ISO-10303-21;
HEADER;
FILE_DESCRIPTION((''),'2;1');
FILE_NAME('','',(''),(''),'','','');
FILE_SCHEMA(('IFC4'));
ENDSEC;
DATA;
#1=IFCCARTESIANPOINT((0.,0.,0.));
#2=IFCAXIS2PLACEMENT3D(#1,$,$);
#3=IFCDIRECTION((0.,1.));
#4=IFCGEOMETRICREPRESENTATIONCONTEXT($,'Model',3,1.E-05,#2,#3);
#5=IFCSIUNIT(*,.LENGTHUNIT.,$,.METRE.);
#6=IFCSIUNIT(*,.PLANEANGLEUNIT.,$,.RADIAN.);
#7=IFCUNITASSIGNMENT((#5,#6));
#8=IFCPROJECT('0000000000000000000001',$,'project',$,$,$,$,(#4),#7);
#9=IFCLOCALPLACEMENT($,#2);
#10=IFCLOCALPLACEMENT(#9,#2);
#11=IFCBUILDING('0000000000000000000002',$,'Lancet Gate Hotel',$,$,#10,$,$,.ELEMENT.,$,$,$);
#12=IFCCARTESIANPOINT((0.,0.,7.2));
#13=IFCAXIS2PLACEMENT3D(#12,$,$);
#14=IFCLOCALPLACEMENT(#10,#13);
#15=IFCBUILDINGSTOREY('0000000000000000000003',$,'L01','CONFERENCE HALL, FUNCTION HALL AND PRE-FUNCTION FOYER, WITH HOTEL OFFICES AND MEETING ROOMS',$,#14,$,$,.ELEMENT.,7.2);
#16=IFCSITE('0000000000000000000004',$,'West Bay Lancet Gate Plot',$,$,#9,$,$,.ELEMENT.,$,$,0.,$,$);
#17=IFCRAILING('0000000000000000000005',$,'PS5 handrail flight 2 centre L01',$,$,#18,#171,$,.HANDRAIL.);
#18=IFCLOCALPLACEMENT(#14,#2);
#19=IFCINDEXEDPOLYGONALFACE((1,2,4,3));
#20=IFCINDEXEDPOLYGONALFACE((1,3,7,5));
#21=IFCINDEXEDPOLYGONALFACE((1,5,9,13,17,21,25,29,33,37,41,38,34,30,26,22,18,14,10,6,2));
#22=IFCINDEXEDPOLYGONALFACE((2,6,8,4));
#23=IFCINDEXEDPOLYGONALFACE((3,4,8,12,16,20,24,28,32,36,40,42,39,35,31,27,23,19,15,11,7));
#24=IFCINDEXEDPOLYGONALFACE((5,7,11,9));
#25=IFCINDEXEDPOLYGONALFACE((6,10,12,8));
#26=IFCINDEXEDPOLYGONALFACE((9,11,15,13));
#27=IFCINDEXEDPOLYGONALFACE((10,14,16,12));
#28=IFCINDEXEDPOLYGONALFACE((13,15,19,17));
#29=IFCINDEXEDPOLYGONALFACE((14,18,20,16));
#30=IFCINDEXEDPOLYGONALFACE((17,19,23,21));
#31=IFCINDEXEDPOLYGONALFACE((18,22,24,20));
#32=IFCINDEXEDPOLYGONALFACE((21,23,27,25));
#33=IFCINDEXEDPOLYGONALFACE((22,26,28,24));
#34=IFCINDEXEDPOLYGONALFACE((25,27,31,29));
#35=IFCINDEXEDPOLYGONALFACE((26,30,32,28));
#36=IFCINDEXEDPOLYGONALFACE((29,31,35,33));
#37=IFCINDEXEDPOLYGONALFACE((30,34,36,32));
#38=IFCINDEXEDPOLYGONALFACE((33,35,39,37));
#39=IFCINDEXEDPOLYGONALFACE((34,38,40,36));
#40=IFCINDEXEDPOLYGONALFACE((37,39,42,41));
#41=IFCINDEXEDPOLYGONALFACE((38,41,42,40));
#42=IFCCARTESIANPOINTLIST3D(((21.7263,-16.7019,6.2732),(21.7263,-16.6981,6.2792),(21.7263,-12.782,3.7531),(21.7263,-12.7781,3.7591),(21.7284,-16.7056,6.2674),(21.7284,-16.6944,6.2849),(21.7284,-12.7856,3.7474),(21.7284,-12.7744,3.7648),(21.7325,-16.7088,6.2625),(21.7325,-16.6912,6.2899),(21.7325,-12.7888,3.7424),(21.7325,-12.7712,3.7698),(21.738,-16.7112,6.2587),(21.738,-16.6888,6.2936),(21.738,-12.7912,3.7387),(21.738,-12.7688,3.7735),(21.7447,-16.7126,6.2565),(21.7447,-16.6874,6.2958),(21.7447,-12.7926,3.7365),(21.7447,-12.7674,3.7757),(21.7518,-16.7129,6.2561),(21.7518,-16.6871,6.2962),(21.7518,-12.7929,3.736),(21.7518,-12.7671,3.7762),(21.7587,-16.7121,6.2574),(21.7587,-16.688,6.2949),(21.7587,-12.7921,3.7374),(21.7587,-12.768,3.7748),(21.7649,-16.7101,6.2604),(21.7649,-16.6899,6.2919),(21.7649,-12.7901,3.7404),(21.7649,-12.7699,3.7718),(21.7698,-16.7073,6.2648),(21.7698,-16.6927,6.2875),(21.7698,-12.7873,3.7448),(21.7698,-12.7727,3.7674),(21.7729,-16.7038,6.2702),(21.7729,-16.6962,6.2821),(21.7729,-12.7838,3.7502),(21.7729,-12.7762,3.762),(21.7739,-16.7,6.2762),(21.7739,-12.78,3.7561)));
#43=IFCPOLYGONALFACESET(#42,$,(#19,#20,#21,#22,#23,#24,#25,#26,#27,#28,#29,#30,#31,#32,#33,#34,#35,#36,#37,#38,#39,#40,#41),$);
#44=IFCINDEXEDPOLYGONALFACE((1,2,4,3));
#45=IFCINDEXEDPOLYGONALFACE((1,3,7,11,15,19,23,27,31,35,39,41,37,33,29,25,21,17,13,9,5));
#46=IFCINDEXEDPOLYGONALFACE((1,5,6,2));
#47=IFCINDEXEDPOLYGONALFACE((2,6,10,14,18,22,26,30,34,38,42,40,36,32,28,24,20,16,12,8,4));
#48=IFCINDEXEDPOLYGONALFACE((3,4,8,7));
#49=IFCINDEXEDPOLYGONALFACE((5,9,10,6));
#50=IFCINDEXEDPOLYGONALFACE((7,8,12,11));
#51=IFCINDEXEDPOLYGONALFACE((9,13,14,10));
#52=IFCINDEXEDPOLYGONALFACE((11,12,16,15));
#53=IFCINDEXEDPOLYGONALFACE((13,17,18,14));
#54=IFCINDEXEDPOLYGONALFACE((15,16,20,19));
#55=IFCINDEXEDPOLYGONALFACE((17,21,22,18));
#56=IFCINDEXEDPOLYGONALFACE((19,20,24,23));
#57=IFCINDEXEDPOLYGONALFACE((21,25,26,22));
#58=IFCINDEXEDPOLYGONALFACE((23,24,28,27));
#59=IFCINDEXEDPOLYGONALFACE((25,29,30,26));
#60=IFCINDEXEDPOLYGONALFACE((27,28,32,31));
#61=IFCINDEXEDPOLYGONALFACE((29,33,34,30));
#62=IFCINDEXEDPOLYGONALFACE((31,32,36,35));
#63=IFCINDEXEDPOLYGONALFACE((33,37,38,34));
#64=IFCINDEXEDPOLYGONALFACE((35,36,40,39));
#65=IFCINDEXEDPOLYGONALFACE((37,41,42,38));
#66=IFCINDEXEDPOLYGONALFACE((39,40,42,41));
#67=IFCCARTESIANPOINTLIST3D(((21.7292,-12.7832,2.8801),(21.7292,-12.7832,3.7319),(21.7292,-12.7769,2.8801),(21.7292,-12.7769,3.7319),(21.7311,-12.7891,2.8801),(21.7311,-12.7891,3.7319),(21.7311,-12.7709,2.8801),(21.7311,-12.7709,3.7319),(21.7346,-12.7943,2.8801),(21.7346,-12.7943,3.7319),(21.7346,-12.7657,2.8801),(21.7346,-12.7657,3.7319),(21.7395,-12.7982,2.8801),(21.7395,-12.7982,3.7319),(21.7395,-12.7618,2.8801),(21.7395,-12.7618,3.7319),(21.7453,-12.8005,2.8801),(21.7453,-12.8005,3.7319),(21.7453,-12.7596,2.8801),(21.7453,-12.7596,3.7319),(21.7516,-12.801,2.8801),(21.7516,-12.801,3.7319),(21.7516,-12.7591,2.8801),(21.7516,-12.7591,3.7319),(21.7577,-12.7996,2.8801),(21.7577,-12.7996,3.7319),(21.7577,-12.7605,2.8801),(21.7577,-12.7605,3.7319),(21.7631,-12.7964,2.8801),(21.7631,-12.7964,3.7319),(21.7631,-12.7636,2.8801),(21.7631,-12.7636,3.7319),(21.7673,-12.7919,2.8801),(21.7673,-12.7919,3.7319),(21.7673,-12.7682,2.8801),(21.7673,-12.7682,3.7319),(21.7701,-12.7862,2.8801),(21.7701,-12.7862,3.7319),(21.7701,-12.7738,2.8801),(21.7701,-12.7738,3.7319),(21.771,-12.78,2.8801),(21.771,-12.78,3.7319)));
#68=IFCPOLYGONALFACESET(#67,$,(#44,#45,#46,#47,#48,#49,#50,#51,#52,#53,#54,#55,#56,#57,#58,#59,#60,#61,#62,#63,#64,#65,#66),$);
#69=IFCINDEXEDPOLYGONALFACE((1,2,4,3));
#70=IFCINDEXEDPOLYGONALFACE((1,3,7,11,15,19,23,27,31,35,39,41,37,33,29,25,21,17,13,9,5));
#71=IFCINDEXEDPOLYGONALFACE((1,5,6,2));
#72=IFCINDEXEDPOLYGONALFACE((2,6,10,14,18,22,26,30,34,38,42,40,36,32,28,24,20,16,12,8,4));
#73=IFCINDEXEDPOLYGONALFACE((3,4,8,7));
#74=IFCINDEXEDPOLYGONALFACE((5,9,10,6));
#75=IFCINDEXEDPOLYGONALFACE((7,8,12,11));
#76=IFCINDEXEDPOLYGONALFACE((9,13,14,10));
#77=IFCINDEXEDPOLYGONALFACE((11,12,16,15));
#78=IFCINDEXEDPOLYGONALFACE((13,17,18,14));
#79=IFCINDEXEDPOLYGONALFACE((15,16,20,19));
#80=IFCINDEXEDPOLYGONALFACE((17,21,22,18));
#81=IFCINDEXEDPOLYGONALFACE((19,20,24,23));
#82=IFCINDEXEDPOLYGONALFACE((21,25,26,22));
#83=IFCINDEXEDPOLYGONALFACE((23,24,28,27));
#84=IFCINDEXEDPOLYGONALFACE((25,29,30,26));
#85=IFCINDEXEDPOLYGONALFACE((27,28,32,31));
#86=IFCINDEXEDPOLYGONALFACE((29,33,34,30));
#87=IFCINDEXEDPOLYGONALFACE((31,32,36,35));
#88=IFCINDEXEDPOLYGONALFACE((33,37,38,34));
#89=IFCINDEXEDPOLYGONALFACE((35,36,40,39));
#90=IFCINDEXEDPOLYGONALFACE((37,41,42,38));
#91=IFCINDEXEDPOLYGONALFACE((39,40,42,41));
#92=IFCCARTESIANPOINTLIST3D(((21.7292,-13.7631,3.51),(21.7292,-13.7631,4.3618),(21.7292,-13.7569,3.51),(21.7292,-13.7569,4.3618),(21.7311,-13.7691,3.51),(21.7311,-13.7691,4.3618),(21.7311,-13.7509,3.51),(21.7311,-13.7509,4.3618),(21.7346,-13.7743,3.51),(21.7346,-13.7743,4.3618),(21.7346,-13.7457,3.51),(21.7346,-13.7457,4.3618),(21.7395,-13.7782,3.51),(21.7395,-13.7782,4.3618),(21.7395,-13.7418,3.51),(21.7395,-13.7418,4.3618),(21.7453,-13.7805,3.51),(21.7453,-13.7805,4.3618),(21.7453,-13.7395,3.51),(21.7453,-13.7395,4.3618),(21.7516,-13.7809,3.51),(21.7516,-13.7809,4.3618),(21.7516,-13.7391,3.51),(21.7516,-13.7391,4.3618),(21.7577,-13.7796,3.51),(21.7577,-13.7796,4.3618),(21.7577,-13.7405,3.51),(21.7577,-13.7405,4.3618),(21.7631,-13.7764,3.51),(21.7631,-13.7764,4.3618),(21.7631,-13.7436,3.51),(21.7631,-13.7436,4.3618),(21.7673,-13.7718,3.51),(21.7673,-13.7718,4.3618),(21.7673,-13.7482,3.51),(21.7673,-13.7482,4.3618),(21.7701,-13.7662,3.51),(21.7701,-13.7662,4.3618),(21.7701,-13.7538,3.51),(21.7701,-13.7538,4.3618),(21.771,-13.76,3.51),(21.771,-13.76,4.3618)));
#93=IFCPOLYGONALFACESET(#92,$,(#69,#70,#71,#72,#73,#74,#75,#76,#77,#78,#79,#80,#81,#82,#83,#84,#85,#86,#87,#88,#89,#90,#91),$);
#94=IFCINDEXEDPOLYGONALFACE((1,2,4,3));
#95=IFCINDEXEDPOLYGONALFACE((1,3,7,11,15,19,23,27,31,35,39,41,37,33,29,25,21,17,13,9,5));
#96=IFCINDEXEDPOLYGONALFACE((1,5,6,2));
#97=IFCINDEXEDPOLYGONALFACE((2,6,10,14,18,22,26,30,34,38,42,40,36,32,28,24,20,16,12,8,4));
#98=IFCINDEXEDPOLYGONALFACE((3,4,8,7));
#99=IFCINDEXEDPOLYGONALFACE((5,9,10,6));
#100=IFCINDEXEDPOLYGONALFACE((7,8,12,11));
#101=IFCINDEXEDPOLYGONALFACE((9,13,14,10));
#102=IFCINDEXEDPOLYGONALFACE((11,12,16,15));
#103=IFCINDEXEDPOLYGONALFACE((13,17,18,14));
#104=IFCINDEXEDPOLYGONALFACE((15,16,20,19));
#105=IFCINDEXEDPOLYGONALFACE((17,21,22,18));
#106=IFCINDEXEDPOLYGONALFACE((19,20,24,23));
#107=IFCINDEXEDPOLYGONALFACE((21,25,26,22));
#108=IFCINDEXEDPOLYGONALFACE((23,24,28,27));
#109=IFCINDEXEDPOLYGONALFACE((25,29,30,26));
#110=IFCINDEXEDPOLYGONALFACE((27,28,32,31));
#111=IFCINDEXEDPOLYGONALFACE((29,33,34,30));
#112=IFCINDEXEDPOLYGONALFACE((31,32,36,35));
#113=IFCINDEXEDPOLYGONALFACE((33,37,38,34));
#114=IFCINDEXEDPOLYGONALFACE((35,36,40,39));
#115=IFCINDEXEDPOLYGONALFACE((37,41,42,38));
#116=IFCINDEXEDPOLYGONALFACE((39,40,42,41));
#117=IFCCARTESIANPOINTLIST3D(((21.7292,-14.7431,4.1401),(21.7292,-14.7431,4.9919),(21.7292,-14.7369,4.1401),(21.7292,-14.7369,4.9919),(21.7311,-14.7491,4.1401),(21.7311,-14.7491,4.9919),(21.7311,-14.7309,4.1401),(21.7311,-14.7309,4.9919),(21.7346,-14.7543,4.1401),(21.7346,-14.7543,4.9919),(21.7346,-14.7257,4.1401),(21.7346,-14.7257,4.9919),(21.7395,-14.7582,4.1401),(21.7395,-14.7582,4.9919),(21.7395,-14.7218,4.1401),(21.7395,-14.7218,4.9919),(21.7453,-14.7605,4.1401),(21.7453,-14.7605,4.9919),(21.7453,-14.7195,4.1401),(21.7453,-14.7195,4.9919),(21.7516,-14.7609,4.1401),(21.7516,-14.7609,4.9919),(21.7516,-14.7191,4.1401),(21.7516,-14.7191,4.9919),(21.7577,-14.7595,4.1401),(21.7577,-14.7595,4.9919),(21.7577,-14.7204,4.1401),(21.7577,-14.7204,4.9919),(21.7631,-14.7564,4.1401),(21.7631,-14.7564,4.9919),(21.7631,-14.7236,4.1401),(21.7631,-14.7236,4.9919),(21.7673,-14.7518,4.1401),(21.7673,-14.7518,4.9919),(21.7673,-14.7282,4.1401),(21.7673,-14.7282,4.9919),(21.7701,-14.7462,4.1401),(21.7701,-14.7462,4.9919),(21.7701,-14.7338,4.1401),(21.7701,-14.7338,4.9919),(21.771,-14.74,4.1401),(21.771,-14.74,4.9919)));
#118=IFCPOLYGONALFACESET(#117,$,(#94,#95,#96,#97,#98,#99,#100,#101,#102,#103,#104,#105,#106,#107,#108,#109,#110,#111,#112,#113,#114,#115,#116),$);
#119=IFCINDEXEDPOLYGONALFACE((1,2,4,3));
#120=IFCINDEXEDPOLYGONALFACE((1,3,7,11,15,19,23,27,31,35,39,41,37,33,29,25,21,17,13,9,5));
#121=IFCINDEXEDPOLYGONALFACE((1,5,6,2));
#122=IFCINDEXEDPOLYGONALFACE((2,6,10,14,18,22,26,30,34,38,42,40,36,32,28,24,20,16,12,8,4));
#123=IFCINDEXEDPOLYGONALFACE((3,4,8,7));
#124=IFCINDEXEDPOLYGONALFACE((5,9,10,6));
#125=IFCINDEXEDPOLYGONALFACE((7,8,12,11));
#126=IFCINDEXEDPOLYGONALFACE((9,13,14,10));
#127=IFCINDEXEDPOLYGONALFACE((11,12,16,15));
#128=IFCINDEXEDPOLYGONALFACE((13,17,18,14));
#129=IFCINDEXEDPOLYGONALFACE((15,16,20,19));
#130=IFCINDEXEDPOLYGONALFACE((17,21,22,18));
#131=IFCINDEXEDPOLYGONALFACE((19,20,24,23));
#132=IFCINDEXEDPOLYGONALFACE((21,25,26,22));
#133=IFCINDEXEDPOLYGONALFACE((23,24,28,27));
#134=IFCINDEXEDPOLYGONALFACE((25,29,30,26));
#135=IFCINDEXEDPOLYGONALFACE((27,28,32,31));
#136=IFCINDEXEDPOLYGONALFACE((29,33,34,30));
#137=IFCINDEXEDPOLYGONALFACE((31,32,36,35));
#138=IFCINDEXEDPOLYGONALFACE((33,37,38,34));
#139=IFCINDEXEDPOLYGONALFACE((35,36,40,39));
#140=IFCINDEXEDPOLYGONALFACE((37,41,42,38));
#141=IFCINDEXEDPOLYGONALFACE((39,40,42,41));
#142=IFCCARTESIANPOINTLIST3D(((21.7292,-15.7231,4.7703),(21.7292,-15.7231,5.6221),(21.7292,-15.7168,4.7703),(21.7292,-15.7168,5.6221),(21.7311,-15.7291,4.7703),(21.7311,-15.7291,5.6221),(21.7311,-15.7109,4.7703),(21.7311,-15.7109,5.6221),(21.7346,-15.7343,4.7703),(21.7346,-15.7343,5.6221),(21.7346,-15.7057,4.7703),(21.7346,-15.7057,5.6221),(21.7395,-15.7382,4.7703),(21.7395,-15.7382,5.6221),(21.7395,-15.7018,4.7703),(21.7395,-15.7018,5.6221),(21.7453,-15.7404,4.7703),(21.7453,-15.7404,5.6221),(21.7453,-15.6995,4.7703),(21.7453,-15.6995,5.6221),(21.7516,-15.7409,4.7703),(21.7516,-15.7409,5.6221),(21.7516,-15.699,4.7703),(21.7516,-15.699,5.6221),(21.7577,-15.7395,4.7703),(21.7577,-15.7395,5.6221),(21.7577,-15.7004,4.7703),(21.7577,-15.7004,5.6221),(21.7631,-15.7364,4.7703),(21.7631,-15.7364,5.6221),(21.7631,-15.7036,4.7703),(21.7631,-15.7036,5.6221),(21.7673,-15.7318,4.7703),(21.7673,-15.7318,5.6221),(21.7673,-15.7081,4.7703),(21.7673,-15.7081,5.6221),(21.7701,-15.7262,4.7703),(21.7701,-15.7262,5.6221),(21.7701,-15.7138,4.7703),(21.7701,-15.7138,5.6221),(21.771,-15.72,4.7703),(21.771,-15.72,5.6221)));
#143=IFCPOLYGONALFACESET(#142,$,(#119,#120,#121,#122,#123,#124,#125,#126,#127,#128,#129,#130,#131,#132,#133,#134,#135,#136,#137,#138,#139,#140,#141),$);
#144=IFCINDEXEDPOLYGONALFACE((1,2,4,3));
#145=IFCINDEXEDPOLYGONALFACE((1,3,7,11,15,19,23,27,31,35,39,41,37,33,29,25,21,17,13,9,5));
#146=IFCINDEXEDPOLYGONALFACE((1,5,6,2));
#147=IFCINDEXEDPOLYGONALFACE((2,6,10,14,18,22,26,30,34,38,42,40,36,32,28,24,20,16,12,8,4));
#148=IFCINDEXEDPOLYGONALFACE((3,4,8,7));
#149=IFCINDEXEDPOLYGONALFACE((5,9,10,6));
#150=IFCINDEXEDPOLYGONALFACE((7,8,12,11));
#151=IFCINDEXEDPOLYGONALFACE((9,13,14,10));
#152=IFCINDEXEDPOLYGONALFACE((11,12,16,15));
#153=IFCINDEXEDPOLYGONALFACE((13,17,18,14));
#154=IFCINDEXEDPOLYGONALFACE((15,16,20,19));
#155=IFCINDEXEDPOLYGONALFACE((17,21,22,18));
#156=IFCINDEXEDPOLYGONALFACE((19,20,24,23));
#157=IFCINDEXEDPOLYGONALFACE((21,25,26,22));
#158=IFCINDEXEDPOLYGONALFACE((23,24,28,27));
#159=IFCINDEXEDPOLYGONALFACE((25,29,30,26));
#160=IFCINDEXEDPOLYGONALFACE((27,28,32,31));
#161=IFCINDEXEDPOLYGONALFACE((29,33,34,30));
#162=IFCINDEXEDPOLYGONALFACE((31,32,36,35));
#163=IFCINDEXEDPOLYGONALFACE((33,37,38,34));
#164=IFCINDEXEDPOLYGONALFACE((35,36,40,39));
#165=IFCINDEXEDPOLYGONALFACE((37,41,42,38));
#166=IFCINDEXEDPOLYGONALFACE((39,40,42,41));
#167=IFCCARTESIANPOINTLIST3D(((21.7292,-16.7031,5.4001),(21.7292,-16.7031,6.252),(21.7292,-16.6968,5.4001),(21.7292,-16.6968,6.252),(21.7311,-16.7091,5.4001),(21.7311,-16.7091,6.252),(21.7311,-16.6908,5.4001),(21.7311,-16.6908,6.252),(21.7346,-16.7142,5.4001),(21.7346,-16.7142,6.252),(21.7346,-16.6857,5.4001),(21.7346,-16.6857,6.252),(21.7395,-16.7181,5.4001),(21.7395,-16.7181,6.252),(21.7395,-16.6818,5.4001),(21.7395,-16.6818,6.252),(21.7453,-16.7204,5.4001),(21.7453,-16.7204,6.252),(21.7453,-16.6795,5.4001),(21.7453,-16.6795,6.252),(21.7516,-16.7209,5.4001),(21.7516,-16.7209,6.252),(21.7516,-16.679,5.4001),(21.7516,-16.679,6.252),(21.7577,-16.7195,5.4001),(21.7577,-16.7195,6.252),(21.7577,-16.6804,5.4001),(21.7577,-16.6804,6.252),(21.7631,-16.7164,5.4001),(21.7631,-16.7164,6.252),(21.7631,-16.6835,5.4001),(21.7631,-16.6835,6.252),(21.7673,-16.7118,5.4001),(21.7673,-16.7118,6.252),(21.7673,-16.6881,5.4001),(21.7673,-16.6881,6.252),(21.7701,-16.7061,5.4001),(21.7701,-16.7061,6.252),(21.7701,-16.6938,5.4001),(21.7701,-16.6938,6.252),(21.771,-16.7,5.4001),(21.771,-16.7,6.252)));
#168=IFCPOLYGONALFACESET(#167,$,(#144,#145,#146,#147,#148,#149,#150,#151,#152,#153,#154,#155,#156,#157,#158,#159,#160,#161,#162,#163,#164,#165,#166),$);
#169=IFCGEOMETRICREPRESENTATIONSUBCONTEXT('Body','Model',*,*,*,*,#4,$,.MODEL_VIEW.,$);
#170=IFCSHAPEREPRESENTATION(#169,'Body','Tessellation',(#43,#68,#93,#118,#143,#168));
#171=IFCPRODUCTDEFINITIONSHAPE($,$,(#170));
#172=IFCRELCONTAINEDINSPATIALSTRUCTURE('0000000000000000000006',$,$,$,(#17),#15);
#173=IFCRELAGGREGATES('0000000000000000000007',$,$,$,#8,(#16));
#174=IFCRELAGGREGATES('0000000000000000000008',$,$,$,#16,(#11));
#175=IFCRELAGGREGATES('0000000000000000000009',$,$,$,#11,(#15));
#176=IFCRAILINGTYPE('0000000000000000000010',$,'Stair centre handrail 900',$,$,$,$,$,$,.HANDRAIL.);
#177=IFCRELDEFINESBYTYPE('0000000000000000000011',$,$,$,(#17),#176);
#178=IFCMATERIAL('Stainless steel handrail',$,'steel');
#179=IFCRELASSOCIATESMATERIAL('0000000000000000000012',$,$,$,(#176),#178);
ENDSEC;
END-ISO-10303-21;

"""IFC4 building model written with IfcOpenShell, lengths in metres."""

from ifc_helpers import new_model, si_unit, direction, frame, origin, origin_2d, place, context, subcontext, project, spatial, circle, extrude, material, type_object, element, save


model = new_model("IFC4")

# Units and contexts
model_context = context("Model", 3, precision=1e-05, world=origin(), true_north=direction((0.0, 1.0)))
body_context = subcontext(model_context, "Body", "Model", "MODEL_VIEW")
ifc_project = project(units=[si_unit("LENGTHUNIT", "METRE"), si_unit("PLANEANGLEUNIT", "RADIAN")], contexts=[model_context])

# Site, building, storey
site_placement = place(None, origin())
site = spatial("IfcSite", under=ifc_project, at=site_placement, Name="West Bay Lancet Gate Plot", CompositionType="ELEMENT", RefElevation=0.0)
building_placement = place(site_placement, origin())
building = spatial("IfcBuilding", under=site, at=building_placement, Name="Lancet Gate Hotel", CompositionType="ELEMENT")
storey_placement = place(building_placement, frame((0.0, 0.0, 7.2)))
storey = spatial("IfcBuildingStorey", under=building, at=storey_placement, Name="L01", Description="CONFERENCE HALL, FUNCTION HALL AND PRE-FUNCTION FOYER, WITH HOTEL OFFICES AND MEETING ROOMS", CompositionType="ELEMENT", Elevation=7.2)

# Railing
ifc_material_1 = material(Name="Stainless steel handrail", Category="steel")
railing_type_1 = type_object("IfcRailingType", Name="Stair centre handrail 900", PredefinedType="HANDRAIL", material=ifc_material_1)
railing_1_placement = place(storey_placement, frame((21.75, -12.78, 2.8801)))
element("IfcRailing", 1, at=railing_1_placement, inside=storey, type_object=railing_type_1, Name="PS5 handrail flight 2 centre L01", PredefinedType="HANDRAIL", context=body_context, shape_type="SweptSolid", body=[
    extrude(circle(Radius=0.0239, at=origin_2d()), frame((0.0, 0.0, 0.876), z_axis=(0.0, -0.841172, 0.540768), x_axis=(1.0, 0.0, 0.0)), (0.0, 0.0, 1.0), 4.6602),
    extrude(circle(Radius=0.021, at=origin_2d()), origin(), (0.0, 0.0, 1.0), 0.8518),
    extrude(circle(Radius=0.021, at=origin_2d()), frame((0.0, -0.98, 0.6299)), (0.0, 0.0, 1.0), 0.8518),
    extrude(circle(Radius=0.021, at=origin_2d()), frame((0.0, -1.96, 1.26)), (0.0, 0.0, 1.0), 0.8518),
    extrude(circle(Radius=0.021, at=origin_2d()), frame((0.0, -2.9399, 1.8901)), (0.0, 0.0, 1.0), 0.8518),
    extrude(circle(Radius=0.021, at=origin_2d()), frame((0.0, -3.9199, 2.52)), (0.0, 0.0, 1.0), 0.8518),
])

save(model, "model.ifc")
